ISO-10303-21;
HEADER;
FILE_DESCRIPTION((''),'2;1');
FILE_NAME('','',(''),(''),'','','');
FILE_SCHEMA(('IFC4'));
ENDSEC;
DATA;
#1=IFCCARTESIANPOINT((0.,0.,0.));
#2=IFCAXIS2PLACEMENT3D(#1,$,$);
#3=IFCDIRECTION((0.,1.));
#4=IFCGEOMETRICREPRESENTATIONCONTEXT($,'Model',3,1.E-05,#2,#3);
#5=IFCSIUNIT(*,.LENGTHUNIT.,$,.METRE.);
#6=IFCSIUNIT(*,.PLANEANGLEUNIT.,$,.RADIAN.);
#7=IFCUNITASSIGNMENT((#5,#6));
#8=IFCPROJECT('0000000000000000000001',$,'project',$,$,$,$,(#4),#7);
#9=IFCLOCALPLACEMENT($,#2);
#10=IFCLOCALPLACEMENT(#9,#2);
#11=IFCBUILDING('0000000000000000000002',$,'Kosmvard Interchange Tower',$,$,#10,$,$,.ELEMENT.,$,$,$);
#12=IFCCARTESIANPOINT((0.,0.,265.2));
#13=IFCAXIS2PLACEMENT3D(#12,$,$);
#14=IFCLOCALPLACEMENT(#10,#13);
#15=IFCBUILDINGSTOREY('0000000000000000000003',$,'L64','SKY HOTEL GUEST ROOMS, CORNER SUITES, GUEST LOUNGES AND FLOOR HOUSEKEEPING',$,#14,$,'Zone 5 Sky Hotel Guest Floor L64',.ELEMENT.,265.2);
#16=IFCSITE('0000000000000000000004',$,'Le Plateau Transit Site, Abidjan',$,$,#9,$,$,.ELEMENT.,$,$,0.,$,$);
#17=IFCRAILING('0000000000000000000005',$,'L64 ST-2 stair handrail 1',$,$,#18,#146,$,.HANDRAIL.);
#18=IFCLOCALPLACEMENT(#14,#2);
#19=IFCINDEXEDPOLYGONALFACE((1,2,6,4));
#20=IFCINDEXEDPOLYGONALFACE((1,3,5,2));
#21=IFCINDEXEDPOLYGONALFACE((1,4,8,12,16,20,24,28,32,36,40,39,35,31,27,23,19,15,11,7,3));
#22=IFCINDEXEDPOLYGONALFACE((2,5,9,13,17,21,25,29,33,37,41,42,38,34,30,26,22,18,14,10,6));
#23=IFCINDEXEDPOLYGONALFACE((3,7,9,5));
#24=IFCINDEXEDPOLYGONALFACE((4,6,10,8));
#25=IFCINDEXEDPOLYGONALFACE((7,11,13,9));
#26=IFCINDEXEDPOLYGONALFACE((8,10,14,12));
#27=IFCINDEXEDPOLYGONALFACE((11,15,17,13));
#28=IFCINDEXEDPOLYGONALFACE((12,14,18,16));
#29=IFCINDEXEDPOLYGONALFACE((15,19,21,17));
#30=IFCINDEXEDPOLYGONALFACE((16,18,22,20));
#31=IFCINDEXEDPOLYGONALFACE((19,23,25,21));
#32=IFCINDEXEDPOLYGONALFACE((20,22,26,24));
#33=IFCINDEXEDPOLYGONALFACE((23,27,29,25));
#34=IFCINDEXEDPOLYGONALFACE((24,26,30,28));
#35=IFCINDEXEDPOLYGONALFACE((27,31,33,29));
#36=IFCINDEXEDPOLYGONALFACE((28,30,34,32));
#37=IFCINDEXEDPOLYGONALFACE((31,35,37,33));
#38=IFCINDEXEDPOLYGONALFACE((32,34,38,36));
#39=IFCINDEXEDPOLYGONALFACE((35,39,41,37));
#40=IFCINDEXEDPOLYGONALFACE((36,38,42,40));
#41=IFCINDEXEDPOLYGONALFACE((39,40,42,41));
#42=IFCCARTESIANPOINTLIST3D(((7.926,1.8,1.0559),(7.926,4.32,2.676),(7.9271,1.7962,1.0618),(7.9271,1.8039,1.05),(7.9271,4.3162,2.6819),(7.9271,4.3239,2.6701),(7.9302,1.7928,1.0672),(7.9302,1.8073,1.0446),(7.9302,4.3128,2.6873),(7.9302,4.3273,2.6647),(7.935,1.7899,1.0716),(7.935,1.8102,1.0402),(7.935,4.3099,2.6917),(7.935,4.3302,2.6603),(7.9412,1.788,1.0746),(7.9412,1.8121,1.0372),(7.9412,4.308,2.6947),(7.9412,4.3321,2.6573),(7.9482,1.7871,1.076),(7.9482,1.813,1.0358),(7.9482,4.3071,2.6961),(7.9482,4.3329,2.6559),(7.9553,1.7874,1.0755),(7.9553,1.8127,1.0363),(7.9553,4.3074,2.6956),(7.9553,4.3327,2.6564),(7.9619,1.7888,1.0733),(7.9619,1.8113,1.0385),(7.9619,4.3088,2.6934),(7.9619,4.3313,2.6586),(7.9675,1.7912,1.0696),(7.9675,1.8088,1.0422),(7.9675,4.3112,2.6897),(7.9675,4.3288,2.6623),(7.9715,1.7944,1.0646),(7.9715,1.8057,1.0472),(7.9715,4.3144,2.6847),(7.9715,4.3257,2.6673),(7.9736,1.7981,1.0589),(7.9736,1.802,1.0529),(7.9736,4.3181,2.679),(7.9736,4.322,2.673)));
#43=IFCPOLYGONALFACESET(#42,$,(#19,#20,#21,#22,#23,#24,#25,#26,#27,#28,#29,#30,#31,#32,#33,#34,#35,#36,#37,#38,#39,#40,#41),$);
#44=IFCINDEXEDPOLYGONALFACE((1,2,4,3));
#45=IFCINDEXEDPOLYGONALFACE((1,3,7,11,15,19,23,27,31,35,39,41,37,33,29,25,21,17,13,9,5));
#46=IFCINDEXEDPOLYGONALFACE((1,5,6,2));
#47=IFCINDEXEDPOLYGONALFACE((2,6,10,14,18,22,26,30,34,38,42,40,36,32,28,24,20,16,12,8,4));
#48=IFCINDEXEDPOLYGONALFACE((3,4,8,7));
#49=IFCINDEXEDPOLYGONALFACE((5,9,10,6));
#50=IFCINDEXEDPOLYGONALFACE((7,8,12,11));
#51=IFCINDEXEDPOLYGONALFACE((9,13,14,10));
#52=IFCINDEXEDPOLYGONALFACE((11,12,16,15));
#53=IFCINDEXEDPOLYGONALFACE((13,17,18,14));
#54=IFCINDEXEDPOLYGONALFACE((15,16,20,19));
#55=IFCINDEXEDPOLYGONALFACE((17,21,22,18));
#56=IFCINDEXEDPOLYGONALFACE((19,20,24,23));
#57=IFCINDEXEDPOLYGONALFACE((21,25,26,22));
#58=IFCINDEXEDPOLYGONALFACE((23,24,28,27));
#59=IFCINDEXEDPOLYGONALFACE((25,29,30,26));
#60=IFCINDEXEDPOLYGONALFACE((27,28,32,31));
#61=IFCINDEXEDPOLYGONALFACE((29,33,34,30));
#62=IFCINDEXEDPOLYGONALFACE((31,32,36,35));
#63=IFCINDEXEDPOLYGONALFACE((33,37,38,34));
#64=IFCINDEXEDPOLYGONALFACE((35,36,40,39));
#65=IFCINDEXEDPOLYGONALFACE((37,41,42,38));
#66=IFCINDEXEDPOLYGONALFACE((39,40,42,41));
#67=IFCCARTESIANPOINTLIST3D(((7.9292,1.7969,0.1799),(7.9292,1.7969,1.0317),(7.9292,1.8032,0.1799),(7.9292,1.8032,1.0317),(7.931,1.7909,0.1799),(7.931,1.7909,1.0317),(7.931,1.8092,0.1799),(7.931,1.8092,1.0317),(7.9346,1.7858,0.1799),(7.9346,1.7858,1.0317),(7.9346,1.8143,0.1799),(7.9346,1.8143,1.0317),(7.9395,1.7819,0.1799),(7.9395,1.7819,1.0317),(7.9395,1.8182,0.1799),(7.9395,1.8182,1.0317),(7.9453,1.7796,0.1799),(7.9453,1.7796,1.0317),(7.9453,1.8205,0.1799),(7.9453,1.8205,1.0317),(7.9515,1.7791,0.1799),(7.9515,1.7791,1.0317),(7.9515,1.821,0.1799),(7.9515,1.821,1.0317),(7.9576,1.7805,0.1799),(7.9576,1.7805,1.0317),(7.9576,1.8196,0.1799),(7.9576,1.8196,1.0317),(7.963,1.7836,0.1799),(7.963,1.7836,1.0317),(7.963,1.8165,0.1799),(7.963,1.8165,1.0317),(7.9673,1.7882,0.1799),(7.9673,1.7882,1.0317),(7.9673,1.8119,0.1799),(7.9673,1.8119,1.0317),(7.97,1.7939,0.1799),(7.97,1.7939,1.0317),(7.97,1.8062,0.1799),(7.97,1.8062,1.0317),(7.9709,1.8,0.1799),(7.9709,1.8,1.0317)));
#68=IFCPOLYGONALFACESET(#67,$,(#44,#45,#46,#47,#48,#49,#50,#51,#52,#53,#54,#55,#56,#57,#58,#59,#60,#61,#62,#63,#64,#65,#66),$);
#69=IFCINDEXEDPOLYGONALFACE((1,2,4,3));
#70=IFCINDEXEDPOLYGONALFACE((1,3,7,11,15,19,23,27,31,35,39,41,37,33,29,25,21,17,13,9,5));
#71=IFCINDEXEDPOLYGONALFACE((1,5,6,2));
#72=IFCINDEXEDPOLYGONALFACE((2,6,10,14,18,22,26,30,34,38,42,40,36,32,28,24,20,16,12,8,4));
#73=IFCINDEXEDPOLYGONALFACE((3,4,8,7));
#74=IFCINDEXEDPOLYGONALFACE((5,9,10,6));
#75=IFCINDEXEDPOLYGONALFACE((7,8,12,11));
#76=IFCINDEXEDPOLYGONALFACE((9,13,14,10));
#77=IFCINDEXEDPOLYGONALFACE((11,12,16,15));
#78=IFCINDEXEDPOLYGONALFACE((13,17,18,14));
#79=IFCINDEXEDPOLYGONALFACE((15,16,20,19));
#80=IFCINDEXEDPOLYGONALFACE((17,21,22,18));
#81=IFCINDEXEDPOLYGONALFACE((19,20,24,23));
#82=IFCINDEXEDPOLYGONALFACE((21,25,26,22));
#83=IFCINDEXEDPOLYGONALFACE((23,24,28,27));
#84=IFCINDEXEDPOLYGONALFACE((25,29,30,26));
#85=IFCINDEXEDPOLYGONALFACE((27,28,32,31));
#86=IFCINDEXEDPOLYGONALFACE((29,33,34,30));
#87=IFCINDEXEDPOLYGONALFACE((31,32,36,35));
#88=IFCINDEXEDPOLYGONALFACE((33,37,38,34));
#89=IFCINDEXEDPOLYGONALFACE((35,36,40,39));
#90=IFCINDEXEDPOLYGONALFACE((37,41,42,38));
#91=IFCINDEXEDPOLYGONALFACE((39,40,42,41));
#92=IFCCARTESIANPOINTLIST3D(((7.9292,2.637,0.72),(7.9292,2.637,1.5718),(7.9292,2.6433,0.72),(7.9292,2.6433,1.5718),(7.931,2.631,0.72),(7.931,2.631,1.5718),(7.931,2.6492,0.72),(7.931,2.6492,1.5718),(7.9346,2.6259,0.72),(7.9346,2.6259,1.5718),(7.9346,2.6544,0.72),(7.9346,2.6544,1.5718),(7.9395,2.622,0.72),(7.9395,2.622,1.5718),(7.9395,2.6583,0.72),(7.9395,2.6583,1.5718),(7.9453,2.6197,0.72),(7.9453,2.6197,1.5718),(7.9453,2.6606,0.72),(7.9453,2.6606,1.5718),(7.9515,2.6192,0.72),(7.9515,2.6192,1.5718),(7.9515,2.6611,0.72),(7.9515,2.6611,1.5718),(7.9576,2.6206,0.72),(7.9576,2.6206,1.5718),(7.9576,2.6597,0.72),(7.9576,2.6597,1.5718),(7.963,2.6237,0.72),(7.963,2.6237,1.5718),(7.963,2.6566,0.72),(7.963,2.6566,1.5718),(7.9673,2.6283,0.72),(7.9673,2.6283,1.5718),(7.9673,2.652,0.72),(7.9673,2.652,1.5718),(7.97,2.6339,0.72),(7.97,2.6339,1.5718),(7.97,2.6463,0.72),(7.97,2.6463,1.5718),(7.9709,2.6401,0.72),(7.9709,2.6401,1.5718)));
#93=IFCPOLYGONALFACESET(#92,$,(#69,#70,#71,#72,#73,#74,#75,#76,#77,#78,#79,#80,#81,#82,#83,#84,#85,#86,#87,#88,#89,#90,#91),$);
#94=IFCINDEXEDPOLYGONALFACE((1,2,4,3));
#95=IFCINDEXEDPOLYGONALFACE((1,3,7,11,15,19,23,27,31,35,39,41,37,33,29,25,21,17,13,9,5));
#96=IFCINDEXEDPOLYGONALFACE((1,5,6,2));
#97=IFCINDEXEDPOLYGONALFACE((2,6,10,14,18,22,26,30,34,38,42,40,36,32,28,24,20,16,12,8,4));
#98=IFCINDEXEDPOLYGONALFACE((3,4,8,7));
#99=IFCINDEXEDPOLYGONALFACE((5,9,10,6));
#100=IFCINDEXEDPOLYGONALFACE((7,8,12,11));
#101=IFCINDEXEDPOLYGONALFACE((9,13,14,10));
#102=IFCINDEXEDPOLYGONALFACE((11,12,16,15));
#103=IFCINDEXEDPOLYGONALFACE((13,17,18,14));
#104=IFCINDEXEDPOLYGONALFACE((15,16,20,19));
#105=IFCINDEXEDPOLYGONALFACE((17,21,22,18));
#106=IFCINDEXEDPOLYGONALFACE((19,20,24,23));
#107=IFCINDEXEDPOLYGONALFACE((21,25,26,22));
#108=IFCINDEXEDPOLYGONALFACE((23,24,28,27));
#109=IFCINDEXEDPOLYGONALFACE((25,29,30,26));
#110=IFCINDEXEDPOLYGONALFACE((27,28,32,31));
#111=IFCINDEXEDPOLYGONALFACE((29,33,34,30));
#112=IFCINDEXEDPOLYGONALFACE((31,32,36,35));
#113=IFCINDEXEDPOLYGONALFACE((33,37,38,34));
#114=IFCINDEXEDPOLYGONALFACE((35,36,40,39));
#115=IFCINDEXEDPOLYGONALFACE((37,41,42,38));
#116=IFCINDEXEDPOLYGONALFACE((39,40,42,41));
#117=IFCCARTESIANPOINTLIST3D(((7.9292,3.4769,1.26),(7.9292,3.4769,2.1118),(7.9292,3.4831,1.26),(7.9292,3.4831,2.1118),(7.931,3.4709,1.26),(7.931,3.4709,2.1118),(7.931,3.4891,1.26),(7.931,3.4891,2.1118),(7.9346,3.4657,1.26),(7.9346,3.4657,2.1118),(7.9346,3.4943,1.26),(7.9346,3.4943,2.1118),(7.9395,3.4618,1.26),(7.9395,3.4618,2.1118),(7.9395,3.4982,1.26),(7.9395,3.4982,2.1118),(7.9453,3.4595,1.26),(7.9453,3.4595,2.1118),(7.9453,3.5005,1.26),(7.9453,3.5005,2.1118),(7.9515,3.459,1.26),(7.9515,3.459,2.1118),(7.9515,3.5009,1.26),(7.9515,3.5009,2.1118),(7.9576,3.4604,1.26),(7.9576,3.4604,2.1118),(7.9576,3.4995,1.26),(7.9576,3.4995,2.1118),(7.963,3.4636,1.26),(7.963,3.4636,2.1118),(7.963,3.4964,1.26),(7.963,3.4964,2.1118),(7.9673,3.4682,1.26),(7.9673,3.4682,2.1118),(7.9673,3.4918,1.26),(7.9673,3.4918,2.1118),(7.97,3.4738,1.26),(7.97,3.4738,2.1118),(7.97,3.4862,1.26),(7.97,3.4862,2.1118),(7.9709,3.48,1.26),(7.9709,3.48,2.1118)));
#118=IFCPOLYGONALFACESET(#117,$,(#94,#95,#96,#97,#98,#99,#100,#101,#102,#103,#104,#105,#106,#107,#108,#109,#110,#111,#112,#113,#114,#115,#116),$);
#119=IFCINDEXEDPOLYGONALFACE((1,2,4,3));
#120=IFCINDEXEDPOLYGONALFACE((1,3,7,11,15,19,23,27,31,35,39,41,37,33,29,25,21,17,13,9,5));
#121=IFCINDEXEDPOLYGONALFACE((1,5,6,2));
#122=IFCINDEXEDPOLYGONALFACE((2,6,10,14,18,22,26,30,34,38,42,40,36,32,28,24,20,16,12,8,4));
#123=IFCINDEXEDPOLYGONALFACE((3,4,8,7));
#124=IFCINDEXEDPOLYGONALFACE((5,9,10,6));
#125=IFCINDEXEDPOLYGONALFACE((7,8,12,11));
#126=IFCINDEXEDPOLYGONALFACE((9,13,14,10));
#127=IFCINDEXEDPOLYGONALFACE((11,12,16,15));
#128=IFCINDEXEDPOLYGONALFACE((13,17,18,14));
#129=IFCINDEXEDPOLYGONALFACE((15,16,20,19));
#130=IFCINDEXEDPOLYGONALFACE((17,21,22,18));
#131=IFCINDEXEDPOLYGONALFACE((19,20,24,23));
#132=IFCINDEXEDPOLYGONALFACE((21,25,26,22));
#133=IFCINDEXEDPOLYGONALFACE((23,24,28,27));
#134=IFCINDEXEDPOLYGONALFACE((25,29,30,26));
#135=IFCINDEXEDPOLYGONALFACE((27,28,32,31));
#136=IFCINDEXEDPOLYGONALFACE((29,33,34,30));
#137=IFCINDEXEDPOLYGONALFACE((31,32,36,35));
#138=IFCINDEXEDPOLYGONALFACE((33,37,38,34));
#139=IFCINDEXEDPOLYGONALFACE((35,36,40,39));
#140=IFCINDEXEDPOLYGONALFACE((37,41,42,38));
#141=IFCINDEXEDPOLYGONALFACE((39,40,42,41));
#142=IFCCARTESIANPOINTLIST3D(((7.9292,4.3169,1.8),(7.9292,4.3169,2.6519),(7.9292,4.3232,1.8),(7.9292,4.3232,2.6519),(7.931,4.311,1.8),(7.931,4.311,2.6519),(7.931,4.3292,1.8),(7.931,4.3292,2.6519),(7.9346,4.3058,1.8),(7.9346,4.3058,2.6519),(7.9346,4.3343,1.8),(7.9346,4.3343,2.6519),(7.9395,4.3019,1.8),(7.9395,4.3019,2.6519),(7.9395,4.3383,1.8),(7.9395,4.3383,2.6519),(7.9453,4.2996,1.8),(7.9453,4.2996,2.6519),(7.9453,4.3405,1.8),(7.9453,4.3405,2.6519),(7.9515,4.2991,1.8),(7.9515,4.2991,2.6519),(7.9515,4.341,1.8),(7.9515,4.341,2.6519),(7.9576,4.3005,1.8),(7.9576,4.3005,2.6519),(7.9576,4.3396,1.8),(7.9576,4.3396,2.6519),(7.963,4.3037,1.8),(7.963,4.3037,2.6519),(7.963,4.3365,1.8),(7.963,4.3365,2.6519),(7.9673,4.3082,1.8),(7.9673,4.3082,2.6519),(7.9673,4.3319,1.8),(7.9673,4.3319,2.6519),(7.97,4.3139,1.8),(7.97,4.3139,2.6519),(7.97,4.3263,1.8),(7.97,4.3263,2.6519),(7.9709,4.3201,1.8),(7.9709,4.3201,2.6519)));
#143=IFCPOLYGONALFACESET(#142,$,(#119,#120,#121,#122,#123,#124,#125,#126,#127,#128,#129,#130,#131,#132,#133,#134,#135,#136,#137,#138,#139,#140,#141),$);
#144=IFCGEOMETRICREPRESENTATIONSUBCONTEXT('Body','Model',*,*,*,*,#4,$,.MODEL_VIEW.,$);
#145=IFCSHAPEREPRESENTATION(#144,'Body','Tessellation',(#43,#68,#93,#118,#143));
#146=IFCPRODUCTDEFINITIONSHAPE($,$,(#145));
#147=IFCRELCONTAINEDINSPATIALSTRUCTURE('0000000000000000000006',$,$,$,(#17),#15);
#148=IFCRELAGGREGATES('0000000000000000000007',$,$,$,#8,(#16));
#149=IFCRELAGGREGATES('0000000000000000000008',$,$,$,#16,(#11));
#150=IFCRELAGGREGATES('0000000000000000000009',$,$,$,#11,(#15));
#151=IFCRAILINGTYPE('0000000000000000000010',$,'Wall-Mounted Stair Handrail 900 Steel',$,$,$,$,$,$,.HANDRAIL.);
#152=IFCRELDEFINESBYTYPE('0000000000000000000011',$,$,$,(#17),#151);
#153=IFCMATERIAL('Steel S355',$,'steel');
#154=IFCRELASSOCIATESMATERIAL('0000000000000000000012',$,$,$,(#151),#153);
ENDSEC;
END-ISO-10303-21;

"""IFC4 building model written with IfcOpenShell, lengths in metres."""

from ifc_helpers import new_model, si_unit, direction, frame, origin, origin_2d, place, context, subcontext, project, spatial, circle, extrude, source, transform, mapped, material, type_object, element, save


model = new_model("IFC4")

# Units and contexts
model_context = context("Model", 3, precision=1e-05, world=origin(), true_north=direction((0.0, 1.0)))
body_context = subcontext(model_context, "Body", "Model", "MODEL_VIEW")
ifc_project = project(units=[si_unit("LENGTHUNIT", "METRE"), si_unit("PLANEANGLEUNIT", "RADIAN")], contexts=[model_context])

# Site, building, storey
site_placement = place(None, origin())
site = spatial("IfcSite", under=ifc_project, at=site_placement, Name="Le Plateau Transit Site, Abidjan", CompositionType="ELEMENT", RefElevation=0.0)
building_placement = place(site_placement, origin())
building = spatial("IfcBuilding", under=site, at=building_placement, Name="Kosmvard Interchange Tower", CompositionType="ELEMENT")
storey_placement = place(building_placement, frame((0.0, 0.0, 265.2)))
storey = spatial("IfcBuildingStorey", under=building, at=storey_placement, Name="L64", Description="SKY HOTEL GUEST ROOMS, CORNER SUITES, GUEST LOUNGES AND FLOOR HOUSEKEEPING", LongName="Zone 5 Sky Hotel Guest Floor L64", CompositionType="ELEMENT", Elevation=265.2)

# Shared definitions
ifc_material_1 = material(Name="Steel S355", Category="steel")

# Railing
railing_type_1 = type_object("IfcRailingType", Name="Wall-Mounted Stair Handrail 900 Steel", PredefinedType="HANDRAIL", material=ifc_material_1)
shared_shape_1 = source(origin(), body_context, "Body", "SweptSolid", [
    extrude(circle(Radius=0.0239, at=origin_2d()), frame((0.0, 0.0, 0.876), z_axis=(0.0, 0.841163, 0.540782), x_axis=(-1.0, 0.0, 0.0)), (0.0, 0.0, 1.0), 2.9958),
    extrude(circle(Radius=0.021, at=origin_2d()), origin(), (0.0, 0.0, 1.0), 0.8518),
    extrude(circle(Radius=0.021, at=origin_2d()), frame((0.0, 0.8401, 0.54)), (0.0, 0.0, 1.0), 0.8518),
    extrude(circle(Radius=0.021, at=origin_2d()), frame((0.0, 1.6799, 1.0801)), (0.0, 0.0, 1.0), 0.8518),
    extrude(circle(Radius=0.021, at=origin_2d()), frame((0.0, 2.52, 1.6201)), (0.0, 0.0, 1.0), 0.8518),
])
railing_1_placement = place(storey_placement, frame((7.95, 1.8, 0.1799)))
element("IfcRailing", 1, at=railing_1_placement, inside=storey, type_object=railing_type_1, Name="L64 ST-2 stair handrail 1", PredefinedType="HANDRAIL", context=body_context, shape_type="MappedRepresentation", body=[
    mapped(shared_shape_1, transform((0.0, 0.0, 0.0), scale=1.0)),
])

save(model, "model.ifc")
